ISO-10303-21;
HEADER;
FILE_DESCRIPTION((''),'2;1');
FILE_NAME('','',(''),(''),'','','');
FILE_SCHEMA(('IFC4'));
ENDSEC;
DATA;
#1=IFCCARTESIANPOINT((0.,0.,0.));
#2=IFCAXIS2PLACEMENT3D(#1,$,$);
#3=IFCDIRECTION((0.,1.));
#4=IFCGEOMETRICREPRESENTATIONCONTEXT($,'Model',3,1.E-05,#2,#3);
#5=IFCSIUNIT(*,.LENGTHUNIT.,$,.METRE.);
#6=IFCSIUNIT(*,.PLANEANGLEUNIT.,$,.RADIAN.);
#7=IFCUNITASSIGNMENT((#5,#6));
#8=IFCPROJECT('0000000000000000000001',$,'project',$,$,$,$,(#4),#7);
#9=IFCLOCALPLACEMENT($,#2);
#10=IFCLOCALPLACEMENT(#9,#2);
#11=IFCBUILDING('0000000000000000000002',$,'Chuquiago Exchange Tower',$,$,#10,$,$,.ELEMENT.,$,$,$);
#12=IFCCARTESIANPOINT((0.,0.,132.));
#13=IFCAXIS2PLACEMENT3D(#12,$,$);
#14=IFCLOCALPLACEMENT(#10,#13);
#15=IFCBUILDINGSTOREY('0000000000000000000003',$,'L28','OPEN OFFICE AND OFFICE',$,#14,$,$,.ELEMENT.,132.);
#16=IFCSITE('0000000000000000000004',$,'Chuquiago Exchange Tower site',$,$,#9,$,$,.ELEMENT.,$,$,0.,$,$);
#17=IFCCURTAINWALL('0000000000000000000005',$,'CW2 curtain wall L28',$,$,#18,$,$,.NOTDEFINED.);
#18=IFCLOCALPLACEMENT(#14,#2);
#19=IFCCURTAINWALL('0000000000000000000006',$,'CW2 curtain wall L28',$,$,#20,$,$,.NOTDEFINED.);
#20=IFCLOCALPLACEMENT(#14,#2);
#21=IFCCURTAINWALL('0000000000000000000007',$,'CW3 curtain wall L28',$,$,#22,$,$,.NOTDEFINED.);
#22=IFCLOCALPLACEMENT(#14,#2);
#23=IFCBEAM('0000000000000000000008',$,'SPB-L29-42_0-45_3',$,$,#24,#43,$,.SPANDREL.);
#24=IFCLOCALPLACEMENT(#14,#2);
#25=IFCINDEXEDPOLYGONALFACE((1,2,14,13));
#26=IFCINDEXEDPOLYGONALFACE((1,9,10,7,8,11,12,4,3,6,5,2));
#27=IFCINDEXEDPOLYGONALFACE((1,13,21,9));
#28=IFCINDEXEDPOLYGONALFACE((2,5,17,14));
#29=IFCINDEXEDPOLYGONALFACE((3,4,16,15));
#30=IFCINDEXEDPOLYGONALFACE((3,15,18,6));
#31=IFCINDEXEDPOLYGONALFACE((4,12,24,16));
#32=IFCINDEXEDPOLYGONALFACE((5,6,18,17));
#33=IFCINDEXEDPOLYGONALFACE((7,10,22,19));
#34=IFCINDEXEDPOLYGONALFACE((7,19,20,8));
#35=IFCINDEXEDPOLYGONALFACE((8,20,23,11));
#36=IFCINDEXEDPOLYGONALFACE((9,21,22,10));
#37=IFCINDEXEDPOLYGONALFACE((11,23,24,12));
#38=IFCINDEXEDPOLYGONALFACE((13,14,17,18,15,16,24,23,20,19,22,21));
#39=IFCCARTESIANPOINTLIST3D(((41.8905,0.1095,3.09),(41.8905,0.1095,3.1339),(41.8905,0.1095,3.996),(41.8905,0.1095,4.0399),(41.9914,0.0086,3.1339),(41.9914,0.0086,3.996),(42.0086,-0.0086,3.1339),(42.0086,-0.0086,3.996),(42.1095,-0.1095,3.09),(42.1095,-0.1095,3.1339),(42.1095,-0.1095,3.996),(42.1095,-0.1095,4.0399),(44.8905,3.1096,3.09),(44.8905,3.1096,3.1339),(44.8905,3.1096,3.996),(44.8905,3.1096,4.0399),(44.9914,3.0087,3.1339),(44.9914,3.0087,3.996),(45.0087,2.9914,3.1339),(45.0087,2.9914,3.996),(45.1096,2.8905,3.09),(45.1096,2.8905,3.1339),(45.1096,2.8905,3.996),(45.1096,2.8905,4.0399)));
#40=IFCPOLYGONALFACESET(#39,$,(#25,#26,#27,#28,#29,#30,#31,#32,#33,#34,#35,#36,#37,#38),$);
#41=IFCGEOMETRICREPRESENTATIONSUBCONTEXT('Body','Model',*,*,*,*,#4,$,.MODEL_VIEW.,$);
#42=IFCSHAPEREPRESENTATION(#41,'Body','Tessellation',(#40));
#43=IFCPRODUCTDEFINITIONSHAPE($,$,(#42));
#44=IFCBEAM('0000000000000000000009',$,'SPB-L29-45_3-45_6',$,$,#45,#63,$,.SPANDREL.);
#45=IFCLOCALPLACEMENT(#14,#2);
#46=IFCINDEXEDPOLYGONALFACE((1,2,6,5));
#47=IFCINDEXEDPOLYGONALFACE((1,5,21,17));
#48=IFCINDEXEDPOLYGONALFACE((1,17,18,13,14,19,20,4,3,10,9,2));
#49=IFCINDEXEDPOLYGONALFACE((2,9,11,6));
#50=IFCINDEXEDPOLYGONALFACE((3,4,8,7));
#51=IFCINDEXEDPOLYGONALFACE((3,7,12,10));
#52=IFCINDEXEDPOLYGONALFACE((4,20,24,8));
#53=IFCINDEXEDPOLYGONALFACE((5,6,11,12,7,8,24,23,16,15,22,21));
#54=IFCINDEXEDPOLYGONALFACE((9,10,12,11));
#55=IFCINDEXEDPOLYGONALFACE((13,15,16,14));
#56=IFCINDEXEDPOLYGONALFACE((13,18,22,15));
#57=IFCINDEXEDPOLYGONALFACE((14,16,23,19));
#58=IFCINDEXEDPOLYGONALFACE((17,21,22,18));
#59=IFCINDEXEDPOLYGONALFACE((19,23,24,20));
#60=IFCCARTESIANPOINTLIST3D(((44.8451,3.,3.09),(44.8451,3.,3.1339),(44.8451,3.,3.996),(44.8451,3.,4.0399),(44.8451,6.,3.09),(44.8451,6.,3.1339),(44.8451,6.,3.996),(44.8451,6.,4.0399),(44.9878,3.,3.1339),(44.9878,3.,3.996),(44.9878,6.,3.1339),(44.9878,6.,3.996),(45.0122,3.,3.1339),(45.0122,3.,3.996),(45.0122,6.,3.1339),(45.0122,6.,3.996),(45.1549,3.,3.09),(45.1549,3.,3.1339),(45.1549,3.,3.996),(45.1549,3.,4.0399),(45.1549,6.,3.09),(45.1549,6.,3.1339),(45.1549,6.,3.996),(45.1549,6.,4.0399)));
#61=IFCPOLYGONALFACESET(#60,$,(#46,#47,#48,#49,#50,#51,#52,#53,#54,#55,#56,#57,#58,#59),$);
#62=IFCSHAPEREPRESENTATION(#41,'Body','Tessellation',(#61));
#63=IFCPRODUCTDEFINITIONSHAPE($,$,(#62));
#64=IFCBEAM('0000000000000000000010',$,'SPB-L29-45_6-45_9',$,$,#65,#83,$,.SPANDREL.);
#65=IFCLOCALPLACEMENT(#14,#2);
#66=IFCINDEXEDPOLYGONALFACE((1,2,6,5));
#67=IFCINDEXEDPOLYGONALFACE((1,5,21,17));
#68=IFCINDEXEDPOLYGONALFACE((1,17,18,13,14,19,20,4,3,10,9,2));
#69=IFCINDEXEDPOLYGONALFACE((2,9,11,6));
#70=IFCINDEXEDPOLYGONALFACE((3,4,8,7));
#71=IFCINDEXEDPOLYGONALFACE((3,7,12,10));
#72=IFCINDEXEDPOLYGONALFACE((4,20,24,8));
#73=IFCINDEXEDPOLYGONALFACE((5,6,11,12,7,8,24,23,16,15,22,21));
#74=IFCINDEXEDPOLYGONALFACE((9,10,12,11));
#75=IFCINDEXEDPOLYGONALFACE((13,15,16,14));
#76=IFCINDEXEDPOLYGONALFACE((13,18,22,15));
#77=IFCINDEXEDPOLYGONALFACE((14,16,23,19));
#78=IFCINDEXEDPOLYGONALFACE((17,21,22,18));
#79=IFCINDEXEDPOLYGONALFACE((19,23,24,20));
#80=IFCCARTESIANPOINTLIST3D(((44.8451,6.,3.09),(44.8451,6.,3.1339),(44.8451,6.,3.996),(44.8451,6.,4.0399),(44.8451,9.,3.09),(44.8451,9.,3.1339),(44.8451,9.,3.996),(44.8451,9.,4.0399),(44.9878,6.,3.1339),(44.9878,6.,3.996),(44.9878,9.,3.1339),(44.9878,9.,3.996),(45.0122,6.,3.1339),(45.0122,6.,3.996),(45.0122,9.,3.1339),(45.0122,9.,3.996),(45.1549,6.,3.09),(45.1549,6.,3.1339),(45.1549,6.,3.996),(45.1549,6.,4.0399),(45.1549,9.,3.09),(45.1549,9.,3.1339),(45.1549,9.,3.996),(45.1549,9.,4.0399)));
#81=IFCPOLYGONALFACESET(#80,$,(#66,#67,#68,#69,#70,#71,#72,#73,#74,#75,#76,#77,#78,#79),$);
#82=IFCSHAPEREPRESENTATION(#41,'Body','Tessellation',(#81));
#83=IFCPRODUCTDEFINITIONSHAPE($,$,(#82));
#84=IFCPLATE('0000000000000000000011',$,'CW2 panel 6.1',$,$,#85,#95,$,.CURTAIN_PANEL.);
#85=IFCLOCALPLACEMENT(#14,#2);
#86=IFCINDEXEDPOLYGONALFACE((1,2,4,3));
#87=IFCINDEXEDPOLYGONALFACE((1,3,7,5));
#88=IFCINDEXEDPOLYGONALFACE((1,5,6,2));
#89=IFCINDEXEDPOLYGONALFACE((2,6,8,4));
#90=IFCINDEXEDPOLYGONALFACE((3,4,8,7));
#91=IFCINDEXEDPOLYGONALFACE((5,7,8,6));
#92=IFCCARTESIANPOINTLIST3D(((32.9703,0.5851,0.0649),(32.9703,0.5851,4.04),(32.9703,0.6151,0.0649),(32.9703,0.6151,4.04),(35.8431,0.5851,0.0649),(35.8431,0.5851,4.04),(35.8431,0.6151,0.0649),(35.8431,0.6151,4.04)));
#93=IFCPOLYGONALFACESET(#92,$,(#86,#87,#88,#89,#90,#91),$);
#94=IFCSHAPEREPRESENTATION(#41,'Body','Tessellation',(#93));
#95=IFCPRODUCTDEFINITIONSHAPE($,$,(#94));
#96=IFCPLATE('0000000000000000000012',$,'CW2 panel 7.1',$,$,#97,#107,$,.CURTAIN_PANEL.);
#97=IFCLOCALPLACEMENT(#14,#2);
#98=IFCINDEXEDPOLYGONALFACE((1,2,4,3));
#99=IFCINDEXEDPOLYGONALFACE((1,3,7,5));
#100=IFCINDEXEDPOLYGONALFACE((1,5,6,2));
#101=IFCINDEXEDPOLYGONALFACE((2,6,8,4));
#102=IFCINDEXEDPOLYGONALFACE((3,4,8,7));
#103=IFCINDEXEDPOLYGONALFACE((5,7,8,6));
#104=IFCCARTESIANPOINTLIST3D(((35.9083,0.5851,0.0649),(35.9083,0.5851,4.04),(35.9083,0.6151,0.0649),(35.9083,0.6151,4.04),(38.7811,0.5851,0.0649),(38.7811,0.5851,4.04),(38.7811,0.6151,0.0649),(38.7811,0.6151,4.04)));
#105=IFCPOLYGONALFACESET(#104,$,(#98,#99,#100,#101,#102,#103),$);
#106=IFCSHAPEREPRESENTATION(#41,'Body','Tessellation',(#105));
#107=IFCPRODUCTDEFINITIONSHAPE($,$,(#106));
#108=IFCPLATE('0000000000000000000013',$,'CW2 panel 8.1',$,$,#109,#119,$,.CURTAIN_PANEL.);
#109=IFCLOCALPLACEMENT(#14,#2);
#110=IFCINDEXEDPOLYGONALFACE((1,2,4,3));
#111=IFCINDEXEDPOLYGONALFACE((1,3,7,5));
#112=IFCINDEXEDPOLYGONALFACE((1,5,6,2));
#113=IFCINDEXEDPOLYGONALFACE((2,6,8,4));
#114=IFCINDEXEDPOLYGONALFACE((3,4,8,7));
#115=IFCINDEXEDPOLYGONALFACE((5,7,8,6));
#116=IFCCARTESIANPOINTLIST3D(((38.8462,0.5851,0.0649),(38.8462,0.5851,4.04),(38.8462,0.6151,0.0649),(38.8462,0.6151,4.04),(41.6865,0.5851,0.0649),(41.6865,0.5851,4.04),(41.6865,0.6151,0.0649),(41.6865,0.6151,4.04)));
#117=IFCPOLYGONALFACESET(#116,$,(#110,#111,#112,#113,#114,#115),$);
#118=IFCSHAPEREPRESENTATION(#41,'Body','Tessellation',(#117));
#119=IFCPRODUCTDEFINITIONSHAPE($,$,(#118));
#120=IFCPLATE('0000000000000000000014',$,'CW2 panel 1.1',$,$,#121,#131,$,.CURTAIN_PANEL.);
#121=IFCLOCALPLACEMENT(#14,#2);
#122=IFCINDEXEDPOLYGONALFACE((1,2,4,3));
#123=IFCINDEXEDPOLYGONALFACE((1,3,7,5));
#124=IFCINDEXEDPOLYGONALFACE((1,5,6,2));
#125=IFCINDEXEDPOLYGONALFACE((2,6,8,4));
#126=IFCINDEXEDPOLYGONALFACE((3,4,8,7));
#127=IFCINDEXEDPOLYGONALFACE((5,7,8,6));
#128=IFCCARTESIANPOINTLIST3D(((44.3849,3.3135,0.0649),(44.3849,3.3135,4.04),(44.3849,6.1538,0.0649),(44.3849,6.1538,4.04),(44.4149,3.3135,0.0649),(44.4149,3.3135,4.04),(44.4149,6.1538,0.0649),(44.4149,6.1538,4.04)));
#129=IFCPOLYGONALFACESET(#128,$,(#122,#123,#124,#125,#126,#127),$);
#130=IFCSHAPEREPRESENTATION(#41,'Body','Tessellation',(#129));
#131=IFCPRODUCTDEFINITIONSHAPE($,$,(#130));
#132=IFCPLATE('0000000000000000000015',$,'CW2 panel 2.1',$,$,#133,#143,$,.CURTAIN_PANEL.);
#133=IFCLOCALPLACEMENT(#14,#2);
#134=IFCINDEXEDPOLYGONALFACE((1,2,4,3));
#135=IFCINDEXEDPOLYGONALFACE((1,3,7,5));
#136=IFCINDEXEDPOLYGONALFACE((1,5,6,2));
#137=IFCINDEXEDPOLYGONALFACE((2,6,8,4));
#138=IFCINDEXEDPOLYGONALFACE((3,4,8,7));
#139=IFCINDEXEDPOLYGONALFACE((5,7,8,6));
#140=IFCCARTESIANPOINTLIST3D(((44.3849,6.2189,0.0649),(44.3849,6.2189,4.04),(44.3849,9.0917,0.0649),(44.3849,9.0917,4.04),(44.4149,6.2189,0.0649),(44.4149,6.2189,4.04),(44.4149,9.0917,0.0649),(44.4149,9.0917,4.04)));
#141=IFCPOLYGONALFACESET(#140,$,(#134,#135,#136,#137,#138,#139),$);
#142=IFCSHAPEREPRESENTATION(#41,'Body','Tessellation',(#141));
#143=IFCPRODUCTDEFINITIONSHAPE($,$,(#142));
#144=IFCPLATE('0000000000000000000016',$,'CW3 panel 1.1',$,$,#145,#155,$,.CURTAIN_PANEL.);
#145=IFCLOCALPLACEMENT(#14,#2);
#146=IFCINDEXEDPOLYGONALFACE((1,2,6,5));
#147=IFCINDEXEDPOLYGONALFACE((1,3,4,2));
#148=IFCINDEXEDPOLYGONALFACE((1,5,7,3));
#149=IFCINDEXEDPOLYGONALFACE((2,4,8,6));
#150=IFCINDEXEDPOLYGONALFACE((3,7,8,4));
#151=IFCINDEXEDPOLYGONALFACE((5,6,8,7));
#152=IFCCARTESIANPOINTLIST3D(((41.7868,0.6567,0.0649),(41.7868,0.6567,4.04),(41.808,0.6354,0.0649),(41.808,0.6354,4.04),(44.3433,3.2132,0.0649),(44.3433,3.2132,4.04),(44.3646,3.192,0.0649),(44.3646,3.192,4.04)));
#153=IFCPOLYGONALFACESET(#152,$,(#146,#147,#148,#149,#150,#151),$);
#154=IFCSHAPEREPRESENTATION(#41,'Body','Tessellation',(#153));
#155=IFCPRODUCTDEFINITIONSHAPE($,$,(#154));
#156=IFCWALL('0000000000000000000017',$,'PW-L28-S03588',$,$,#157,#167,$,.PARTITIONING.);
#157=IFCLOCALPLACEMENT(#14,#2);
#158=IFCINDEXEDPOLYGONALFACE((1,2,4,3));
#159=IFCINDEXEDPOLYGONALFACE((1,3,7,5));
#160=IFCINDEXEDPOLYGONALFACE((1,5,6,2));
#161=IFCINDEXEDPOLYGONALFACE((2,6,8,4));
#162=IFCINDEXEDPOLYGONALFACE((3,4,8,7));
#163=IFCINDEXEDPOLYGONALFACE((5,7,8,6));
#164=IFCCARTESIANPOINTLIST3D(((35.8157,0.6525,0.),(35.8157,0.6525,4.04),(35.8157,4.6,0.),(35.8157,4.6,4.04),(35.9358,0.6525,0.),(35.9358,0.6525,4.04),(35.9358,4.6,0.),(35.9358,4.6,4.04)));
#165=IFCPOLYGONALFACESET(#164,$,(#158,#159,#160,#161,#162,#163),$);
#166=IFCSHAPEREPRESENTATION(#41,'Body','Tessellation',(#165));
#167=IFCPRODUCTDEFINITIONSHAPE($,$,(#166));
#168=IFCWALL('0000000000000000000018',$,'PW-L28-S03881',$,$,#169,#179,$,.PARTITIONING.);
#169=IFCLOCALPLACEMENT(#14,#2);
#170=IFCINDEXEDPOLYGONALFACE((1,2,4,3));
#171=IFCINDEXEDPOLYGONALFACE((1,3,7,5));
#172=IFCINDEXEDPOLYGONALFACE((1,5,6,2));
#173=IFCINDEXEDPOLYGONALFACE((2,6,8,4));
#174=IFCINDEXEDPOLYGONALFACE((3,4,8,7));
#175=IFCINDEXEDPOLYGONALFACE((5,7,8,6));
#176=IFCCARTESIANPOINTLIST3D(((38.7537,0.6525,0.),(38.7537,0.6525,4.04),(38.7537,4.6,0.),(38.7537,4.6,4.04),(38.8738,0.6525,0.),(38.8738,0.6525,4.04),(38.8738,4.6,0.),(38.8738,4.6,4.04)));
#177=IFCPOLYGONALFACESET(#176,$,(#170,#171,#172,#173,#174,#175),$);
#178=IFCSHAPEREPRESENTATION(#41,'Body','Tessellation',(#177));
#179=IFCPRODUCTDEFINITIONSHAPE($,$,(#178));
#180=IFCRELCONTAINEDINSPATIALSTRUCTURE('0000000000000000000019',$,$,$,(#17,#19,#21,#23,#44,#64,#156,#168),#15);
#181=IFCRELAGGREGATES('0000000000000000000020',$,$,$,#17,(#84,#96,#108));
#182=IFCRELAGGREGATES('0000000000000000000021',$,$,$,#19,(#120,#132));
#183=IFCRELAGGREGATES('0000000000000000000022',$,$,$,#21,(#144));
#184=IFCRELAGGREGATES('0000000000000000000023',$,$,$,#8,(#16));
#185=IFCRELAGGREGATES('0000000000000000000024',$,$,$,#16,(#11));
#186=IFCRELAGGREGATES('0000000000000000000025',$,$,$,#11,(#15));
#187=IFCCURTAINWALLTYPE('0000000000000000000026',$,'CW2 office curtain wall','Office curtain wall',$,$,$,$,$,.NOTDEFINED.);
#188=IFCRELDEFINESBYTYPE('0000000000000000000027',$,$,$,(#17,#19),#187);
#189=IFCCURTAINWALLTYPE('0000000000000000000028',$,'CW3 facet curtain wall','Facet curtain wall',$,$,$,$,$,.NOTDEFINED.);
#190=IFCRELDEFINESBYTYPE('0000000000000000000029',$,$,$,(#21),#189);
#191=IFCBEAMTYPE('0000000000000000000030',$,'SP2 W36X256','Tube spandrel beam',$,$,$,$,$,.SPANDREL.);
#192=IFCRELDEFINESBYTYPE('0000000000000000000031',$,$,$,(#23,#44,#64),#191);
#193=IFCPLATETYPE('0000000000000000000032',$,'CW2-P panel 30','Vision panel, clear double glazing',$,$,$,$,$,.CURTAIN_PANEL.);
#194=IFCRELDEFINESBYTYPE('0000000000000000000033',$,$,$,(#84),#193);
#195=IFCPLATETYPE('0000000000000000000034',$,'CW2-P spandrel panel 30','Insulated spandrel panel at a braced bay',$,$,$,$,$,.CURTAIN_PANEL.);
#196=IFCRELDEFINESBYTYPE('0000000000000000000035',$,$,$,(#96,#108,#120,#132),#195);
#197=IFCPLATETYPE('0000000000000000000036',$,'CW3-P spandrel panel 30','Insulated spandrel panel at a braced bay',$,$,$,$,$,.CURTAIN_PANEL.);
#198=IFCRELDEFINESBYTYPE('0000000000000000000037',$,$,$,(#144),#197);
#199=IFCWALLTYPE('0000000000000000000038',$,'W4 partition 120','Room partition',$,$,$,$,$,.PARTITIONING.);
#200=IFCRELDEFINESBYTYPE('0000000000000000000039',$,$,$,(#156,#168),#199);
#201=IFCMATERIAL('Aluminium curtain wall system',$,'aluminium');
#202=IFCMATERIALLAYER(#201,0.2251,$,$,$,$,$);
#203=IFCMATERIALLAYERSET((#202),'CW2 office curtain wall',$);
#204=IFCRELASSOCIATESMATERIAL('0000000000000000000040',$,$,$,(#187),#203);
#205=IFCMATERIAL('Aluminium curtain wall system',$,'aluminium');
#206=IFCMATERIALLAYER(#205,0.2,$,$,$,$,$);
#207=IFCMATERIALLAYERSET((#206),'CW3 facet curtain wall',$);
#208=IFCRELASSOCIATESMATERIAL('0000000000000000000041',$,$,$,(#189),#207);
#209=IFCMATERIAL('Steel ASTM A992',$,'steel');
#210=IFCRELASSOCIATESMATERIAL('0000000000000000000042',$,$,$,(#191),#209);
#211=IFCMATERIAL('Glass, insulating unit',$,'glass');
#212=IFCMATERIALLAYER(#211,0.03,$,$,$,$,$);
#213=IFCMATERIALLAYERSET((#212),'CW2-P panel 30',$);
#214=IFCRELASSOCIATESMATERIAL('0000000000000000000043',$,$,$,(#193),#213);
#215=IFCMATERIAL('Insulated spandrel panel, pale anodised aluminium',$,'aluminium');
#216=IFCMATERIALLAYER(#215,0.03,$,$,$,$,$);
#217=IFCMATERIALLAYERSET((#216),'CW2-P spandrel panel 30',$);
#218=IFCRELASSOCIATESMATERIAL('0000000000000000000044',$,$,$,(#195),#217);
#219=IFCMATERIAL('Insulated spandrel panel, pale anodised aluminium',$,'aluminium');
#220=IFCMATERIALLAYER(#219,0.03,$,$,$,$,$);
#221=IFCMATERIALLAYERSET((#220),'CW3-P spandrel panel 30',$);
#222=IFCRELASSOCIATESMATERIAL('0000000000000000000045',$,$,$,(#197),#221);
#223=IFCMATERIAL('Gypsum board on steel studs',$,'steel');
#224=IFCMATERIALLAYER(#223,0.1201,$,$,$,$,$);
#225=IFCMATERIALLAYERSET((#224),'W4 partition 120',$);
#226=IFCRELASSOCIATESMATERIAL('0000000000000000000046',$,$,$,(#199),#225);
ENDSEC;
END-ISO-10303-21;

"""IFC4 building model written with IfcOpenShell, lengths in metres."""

from ifc_helpers import new_model, si_unit, direction, frame, frame_2d, origin, origin_2d, place, context, subcontext, project, spatial, rectangle, i_section, extrude, material, layer, layer_set, material_profile, profile_set, type_object, element, aggregate, save


model = new_model("IFC4")

# Units and contexts
model_context = context("Model", 3, precision=1e-05, world=origin(), true_north=direction((0.0, 1.0)))
body_context = subcontext(model_context, "Body", "Model", "MODEL_VIEW")
ifc_project = project(units=[si_unit("LENGTHUNIT", "METRE"), si_unit("PLANEANGLEUNIT", "RADIAN")], contexts=[model_context])

# Site, building, storey
site_placement = place(None, origin())
site = spatial("IfcSite", under=ifc_project, at=site_placement, Name="Chuquiago Exchange Tower site", CompositionType="ELEMENT", RefElevation=0.0)
building_placement = place(site_placement, origin())
building = spatial("IfcBuilding", under=site, at=building_placement, Name="Chuquiago Exchange Tower", CompositionType="ELEMENT")
storey_placement = place(building_placement, frame((0.0, 0.0, 132.0)))
storey = spatial("IfcBuildingStorey", under=building, at=storey_placement, Name="L28", Description="OPEN OFFICE AND OFFICE", CompositionType="ELEMENT", Elevation=132.0)

# Curtain walls
ifc_material_1 = material(Name="Aluminium curtain wall system", Category="aluminium")
ifc_layer_1 = layer(ifc_material_1, 0.2251)
ifc_layer_set_1 = layer_set([ifc_layer_1], Name="CW2 office curtain wall")
curtain_wall_type_1 = type_object("IfcCurtainWallType", Name="CW2 office curtain wall", Description="Office curtain wall", PredefinedType="NOTDEFINED", material=ifc_layer_set_1)
curtain_wall_1_placement = place(storey_placement, origin())
curtain_wall_1 = element("IfcCurtainWall", 1, at=curtain_wall_1_placement, inside=storey, type_object=curtain_wall_type_1, Name="CW2 curtain wall L28", PredefinedType="NOTDEFINED")
curtain_wall_2_placement = place(storey_placement, origin())
curtain_wall_2 = element("IfcCurtainWall", 2, at=curtain_wall_2_placement, inside=storey, type_object=curtain_wall_type_1, Name="CW2 curtain wall L28", PredefinedType="NOTDEFINED")

# Curtain wall
ifc_material_2 = material(Name="Aluminium curtain wall system", Category="aluminium")
ifc_layer_2 = layer(ifc_material_2, 0.2)
ifc_layer_set_2 = layer_set([ifc_layer_2], Name="CW3 facet curtain wall")
curtain_wall_type_2 = type_object("IfcCurtainWallType", Name="CW3 facet curtain wall", Description="Facet curtain wall", PredefinedType="NOTDEFINED", material=ifc_layer_set_2)
curtain_wall_3_placement = place(storey_placement, origin())
curtain_wall_3 = element("IfcCurtainWall", 3, at=curtain_wall_3_placement, inside=storey, type_object=curtain_wall_type_2, Name="CW3 curtain wall L28", PredefinedType="NOTDEFINED")

# Beams
ifc_material_3 = material(Name="Steel ASTM A992", Category="steel")
ifc_material_profile_1 = material_profile(ifc_material_3, i_section(OverallWidth=0.3098, OverallDepth=0.95, WebThickness=0.0244, FlangeThickness=0.0439, at=origin_2d()), Name="W36X256")
ifc_profile_set_1 = profile_set([ifc_material_profile_1], Name="Steel ASTM A992")
beam_type = type_object("IfcBeamType", Name="SP2 W36X256", Description="Tube spandrel beam", PredefinedType="SPANDREL", material=ifc_profile_set_1)
beam_placement = place(storey_placement, frame((42.0, 0.0, 3.5649), z_axis=(0.707107, 0.707107, 0.0), x_axis=(-0.707107, 0.707107, 0.0)))
element("IfcBeam", 4, at=beam_placement, inside=storey, type_object=beam_type, Name="SPB-L29-42_0-45_3", PredefinedType="SPANDREL", context=body_context, shape_type="SweptSolid", body=[
    extrude(i_section(OverallWidth=0.3098, OverallDepth=0.95, WebThickness=0.0244, FlangeThickness=0.0439, at=origin_2d()), origin(), (0.0, 0.0, 1.0), 4.2427),
])
for number, where, z_axis, x_axis, name in (
    (5, (45.0, 3.0, 3.5649), (0.0, 1.0, 0.0), (-1.0, 0.0, 0.0), "SPB-L29-45_3-45_6"),
    (6, (45.0, 6.0, 3.5649), (0.0, 1.0, 0.0), (-1.0, 0.0, 0.0), "SPB-L29-45_6-45_9"),
):
    element("IfcBeam", number, at=place(storey_placement, frame(where, z_axis=z_axis, x_axis=x_axis)), inside=storey, type_object=beam_type, Name=name, PredefinedType="SPANDREL", context=body_context, shape_type="SweptSolid", body=[
        extrude(i_section(OverallWidth=0.3098, OverallDepth=0.95, WebThickness=0.0244, FlangeThickness=0.0439, at=origin_2d()), origin(), (0.0, 0.0, 1.0), 3.0),
    ])

# Plates
ifc_material_4 = material(Name="Glass, insulating unit", Category="glass")
ifc_layer_3 = layer(ifc_material_4, 0.03)
ifc_layer_set_3 = layer_set([ifc_layer_3], Name="CW2-P panel 30")
plate_type_1 = type_object("IfcPlateType", Name="CW2-P panel 30", Description="Vision panel, clear double glazing", PredefinedType="CURTAIN_PANEL", material=ifc_layer_set_3)
plate_1_placement = place(storey_placement, frame((34.4067, 0.6001, 0.0649), z_axis=(0.0, 0.0, 1.0), x_axis=(1.0, 0.0, 0.0)))
plate_1 = element("IfcPlate", 7, at=plate_1_placement, type_object=plate_type_1, Name="CW2 panel 6.1", PredefinedType="CURTAIN_PANEL", context=body_context, shape_type="SweptSolid", body=[
    extrude(rectangle(XDim=2.8728, YDim=0.03, at=origin_2d()), origin(), (0.0, 0.0, 1.0), 3.9751),
])
ifc_material_5 = material(Name="Insulated spandrel panel, pale anodised aluminium", Category="aluminium")
ifc_layer_4 = layer(ifc_material_5, 0.03)
ifc_layer_set_4 = layer_set([ifc_layer_4], Name="CW2-P spandrel panel 30")
plate_type_2 = type_object("IfcPlateType", Name="CW2-P spandrel panel 30", Description="Insulated spandrel panel at a braced bay", PredefinedType="CURTAIN_PANEL", material=ifc_layer_set_4)
plate_2_placement = place(storey_placement, frame((37.3447, 0.6001, 0.0649), z_axis=(0.0, 0.0, 1.0), x_axis=(1.0, 0.0, 0.0)))
plate_2 = element("IfcPlate", 8, at=plate_2_placement, type_object=plate_type_2, Name="CW2 panel 7.1", PredefinedType="CURTAIN_PANEL", context=body_context, shape_type="SweptSolid", body=[
    extrude(rectangle(XDim=2.8728, YDim=0.03, at=origin_2d()), origin(), (0.0, 0.0, 1.0), 3.9751),
])
plate_3_placement = place(storey_placement, frame((40.2664, 0.6001, 0.0649), z_axis=(0.0, 0.0, 1.0), x_axis=(1.0, 0.0, 0.0)))
plate_3 = element("IfcPlate", 9, at=plate_3_placement, type_object=plate_type_2, Name="CW2 panel 8.1", PredefinedType="CURTAIN_PANEL", context=body_context, shape_type="SweptSolid", body=[
    extrude(rectangle(XDim=2.8403, YDim=0.03, at=origin_2d()), origin(), (0.0, 0.0, 1.0), 3.9751),
])
aggregate(curtain_wall_1, [plate_1, plate_2, plate_3])
plate_4_placement = place(storey_placement, frame((44.3999, 4.7336, 0.0649), z_axis=(0.0, 0.0, 1.0), x_axis=(0.0, 1.0, 0.0)))
plate_4 = element("IfcPlate", 10, at=plate_4_placement, type_object=plate_type_2, Name="CW2 panel 1.1", PredefinedType="CURTAIN_PANEL", context=body_context, shape_type="SweptSolid", body=[
    extrude(rectangle(XDim=2.8403, YDim=0.03, at=origin_2d()), origin(), (0.0, 0.0, 1.0), 3.9751),
])
plate_5_placement = place(storey_placement, frame((44.3999, 7.6553, 0.0649), z_axis=(0.0, 0.0, 1.0), x_axis=(0.0, 1.0, 0.0)))
plate_5 = element("IfcPlate", 11, at=plate_5_placement, type_object=plate_type_2, Name="CW2 panel 2.1", PredefinedType="CURTAIN_PANEL", context=body_context, shape_type="SweptSolid", body=[
    extrude(rectangle(XDim=2.8728, YDim=0.03, at=origin_2d()), origin(), (0.0, 0.0, 1.0), 3.9751),
])
aggregate(curtain_wall_2, [plate_4, plate_5])
ifc_material_6 = material(Name="Insulated spandrel panel, pale anodised aluminium", Category="aluminium")
ifc_layer_5 = layer(ifc_material_6, 0.03)
ifc_layer_set_5 = layer_set([ifc_layer_5], Name="CW3-P spandrel panel 30")
plate_type_3 = type_object("IfcPlateType", Name="CW3-P spandrel panel 30", Description="Insulated spandrel panel at a braced bay", PredefinedType="CURTAIN_PANEL", material=ifc_layer_set_5)
plate_6_placement = place(storey_placement, frame((43.0757, 1.9243, 0.0649), z_axis=(0.0, 0.0, 1.0), x_axis=(0.707107, 0.707107, 0.0)))
plate_6 = element("IfcPlate", 12, at=plate_6_placement, type_object=plate_type_3, Name="CW3 panel 1.1", PredefinedType="CURTAIN_PANEL", context=body_context, shape_type="SweptSolid", body=[
    extrude(rectangle(XDim=3.6155, YDim=0.03, at=origin_2d()), origin(), (0.0, 0.0, 1.0), 3.9751),
])
aggregate(curtain_wall_3, [plate_6])

# Walls
ifc_material_7 = material(Name="Gypsum board on steel studs", Category="steel")
ifc_layer_6 = layer(ifc_material_7, 0.1201)
ifc_layer_set_6 = layer_set([ifc_layer_6], Name="W4 partition 120")
wall_type = type_object("IfcWallType", Name="W4 partition 120", Description="Room partition", PredefinedType="PARTITIONING", material=ifc_layer_set_6)
for number, where, z_axis, x_axis, name in (
    (13, (35.8757, 0.6526, 0.0), (0.0, 0.0, 1.0), (0.0, 1.0, 0.0), "PW-L28-S03588"),
    (14, (38.8137, 0.6526, 0.0), (0.0, 0.0, 1.0), (0.0, 1.0, 0.0), "PW-L28-S03881"),
):
    element("IfcWall", number, at=place(storey_placement, frame(where, z_axis=z_axis, x_axis=x_axis)), inside=storey, type_object=wall_type, Name=name, PredefinedType="PARTITIONING", context=body_context, shape_type="SweptSolid", body=[
        extrude(rectangle(XDim=3.9475, YDim=0.1201, at=frame_2d((1.9736, 0.0))), origin(), (0.0, 0.0, 1.0), 4.04),
    ])

save(model, "model.ifc")
